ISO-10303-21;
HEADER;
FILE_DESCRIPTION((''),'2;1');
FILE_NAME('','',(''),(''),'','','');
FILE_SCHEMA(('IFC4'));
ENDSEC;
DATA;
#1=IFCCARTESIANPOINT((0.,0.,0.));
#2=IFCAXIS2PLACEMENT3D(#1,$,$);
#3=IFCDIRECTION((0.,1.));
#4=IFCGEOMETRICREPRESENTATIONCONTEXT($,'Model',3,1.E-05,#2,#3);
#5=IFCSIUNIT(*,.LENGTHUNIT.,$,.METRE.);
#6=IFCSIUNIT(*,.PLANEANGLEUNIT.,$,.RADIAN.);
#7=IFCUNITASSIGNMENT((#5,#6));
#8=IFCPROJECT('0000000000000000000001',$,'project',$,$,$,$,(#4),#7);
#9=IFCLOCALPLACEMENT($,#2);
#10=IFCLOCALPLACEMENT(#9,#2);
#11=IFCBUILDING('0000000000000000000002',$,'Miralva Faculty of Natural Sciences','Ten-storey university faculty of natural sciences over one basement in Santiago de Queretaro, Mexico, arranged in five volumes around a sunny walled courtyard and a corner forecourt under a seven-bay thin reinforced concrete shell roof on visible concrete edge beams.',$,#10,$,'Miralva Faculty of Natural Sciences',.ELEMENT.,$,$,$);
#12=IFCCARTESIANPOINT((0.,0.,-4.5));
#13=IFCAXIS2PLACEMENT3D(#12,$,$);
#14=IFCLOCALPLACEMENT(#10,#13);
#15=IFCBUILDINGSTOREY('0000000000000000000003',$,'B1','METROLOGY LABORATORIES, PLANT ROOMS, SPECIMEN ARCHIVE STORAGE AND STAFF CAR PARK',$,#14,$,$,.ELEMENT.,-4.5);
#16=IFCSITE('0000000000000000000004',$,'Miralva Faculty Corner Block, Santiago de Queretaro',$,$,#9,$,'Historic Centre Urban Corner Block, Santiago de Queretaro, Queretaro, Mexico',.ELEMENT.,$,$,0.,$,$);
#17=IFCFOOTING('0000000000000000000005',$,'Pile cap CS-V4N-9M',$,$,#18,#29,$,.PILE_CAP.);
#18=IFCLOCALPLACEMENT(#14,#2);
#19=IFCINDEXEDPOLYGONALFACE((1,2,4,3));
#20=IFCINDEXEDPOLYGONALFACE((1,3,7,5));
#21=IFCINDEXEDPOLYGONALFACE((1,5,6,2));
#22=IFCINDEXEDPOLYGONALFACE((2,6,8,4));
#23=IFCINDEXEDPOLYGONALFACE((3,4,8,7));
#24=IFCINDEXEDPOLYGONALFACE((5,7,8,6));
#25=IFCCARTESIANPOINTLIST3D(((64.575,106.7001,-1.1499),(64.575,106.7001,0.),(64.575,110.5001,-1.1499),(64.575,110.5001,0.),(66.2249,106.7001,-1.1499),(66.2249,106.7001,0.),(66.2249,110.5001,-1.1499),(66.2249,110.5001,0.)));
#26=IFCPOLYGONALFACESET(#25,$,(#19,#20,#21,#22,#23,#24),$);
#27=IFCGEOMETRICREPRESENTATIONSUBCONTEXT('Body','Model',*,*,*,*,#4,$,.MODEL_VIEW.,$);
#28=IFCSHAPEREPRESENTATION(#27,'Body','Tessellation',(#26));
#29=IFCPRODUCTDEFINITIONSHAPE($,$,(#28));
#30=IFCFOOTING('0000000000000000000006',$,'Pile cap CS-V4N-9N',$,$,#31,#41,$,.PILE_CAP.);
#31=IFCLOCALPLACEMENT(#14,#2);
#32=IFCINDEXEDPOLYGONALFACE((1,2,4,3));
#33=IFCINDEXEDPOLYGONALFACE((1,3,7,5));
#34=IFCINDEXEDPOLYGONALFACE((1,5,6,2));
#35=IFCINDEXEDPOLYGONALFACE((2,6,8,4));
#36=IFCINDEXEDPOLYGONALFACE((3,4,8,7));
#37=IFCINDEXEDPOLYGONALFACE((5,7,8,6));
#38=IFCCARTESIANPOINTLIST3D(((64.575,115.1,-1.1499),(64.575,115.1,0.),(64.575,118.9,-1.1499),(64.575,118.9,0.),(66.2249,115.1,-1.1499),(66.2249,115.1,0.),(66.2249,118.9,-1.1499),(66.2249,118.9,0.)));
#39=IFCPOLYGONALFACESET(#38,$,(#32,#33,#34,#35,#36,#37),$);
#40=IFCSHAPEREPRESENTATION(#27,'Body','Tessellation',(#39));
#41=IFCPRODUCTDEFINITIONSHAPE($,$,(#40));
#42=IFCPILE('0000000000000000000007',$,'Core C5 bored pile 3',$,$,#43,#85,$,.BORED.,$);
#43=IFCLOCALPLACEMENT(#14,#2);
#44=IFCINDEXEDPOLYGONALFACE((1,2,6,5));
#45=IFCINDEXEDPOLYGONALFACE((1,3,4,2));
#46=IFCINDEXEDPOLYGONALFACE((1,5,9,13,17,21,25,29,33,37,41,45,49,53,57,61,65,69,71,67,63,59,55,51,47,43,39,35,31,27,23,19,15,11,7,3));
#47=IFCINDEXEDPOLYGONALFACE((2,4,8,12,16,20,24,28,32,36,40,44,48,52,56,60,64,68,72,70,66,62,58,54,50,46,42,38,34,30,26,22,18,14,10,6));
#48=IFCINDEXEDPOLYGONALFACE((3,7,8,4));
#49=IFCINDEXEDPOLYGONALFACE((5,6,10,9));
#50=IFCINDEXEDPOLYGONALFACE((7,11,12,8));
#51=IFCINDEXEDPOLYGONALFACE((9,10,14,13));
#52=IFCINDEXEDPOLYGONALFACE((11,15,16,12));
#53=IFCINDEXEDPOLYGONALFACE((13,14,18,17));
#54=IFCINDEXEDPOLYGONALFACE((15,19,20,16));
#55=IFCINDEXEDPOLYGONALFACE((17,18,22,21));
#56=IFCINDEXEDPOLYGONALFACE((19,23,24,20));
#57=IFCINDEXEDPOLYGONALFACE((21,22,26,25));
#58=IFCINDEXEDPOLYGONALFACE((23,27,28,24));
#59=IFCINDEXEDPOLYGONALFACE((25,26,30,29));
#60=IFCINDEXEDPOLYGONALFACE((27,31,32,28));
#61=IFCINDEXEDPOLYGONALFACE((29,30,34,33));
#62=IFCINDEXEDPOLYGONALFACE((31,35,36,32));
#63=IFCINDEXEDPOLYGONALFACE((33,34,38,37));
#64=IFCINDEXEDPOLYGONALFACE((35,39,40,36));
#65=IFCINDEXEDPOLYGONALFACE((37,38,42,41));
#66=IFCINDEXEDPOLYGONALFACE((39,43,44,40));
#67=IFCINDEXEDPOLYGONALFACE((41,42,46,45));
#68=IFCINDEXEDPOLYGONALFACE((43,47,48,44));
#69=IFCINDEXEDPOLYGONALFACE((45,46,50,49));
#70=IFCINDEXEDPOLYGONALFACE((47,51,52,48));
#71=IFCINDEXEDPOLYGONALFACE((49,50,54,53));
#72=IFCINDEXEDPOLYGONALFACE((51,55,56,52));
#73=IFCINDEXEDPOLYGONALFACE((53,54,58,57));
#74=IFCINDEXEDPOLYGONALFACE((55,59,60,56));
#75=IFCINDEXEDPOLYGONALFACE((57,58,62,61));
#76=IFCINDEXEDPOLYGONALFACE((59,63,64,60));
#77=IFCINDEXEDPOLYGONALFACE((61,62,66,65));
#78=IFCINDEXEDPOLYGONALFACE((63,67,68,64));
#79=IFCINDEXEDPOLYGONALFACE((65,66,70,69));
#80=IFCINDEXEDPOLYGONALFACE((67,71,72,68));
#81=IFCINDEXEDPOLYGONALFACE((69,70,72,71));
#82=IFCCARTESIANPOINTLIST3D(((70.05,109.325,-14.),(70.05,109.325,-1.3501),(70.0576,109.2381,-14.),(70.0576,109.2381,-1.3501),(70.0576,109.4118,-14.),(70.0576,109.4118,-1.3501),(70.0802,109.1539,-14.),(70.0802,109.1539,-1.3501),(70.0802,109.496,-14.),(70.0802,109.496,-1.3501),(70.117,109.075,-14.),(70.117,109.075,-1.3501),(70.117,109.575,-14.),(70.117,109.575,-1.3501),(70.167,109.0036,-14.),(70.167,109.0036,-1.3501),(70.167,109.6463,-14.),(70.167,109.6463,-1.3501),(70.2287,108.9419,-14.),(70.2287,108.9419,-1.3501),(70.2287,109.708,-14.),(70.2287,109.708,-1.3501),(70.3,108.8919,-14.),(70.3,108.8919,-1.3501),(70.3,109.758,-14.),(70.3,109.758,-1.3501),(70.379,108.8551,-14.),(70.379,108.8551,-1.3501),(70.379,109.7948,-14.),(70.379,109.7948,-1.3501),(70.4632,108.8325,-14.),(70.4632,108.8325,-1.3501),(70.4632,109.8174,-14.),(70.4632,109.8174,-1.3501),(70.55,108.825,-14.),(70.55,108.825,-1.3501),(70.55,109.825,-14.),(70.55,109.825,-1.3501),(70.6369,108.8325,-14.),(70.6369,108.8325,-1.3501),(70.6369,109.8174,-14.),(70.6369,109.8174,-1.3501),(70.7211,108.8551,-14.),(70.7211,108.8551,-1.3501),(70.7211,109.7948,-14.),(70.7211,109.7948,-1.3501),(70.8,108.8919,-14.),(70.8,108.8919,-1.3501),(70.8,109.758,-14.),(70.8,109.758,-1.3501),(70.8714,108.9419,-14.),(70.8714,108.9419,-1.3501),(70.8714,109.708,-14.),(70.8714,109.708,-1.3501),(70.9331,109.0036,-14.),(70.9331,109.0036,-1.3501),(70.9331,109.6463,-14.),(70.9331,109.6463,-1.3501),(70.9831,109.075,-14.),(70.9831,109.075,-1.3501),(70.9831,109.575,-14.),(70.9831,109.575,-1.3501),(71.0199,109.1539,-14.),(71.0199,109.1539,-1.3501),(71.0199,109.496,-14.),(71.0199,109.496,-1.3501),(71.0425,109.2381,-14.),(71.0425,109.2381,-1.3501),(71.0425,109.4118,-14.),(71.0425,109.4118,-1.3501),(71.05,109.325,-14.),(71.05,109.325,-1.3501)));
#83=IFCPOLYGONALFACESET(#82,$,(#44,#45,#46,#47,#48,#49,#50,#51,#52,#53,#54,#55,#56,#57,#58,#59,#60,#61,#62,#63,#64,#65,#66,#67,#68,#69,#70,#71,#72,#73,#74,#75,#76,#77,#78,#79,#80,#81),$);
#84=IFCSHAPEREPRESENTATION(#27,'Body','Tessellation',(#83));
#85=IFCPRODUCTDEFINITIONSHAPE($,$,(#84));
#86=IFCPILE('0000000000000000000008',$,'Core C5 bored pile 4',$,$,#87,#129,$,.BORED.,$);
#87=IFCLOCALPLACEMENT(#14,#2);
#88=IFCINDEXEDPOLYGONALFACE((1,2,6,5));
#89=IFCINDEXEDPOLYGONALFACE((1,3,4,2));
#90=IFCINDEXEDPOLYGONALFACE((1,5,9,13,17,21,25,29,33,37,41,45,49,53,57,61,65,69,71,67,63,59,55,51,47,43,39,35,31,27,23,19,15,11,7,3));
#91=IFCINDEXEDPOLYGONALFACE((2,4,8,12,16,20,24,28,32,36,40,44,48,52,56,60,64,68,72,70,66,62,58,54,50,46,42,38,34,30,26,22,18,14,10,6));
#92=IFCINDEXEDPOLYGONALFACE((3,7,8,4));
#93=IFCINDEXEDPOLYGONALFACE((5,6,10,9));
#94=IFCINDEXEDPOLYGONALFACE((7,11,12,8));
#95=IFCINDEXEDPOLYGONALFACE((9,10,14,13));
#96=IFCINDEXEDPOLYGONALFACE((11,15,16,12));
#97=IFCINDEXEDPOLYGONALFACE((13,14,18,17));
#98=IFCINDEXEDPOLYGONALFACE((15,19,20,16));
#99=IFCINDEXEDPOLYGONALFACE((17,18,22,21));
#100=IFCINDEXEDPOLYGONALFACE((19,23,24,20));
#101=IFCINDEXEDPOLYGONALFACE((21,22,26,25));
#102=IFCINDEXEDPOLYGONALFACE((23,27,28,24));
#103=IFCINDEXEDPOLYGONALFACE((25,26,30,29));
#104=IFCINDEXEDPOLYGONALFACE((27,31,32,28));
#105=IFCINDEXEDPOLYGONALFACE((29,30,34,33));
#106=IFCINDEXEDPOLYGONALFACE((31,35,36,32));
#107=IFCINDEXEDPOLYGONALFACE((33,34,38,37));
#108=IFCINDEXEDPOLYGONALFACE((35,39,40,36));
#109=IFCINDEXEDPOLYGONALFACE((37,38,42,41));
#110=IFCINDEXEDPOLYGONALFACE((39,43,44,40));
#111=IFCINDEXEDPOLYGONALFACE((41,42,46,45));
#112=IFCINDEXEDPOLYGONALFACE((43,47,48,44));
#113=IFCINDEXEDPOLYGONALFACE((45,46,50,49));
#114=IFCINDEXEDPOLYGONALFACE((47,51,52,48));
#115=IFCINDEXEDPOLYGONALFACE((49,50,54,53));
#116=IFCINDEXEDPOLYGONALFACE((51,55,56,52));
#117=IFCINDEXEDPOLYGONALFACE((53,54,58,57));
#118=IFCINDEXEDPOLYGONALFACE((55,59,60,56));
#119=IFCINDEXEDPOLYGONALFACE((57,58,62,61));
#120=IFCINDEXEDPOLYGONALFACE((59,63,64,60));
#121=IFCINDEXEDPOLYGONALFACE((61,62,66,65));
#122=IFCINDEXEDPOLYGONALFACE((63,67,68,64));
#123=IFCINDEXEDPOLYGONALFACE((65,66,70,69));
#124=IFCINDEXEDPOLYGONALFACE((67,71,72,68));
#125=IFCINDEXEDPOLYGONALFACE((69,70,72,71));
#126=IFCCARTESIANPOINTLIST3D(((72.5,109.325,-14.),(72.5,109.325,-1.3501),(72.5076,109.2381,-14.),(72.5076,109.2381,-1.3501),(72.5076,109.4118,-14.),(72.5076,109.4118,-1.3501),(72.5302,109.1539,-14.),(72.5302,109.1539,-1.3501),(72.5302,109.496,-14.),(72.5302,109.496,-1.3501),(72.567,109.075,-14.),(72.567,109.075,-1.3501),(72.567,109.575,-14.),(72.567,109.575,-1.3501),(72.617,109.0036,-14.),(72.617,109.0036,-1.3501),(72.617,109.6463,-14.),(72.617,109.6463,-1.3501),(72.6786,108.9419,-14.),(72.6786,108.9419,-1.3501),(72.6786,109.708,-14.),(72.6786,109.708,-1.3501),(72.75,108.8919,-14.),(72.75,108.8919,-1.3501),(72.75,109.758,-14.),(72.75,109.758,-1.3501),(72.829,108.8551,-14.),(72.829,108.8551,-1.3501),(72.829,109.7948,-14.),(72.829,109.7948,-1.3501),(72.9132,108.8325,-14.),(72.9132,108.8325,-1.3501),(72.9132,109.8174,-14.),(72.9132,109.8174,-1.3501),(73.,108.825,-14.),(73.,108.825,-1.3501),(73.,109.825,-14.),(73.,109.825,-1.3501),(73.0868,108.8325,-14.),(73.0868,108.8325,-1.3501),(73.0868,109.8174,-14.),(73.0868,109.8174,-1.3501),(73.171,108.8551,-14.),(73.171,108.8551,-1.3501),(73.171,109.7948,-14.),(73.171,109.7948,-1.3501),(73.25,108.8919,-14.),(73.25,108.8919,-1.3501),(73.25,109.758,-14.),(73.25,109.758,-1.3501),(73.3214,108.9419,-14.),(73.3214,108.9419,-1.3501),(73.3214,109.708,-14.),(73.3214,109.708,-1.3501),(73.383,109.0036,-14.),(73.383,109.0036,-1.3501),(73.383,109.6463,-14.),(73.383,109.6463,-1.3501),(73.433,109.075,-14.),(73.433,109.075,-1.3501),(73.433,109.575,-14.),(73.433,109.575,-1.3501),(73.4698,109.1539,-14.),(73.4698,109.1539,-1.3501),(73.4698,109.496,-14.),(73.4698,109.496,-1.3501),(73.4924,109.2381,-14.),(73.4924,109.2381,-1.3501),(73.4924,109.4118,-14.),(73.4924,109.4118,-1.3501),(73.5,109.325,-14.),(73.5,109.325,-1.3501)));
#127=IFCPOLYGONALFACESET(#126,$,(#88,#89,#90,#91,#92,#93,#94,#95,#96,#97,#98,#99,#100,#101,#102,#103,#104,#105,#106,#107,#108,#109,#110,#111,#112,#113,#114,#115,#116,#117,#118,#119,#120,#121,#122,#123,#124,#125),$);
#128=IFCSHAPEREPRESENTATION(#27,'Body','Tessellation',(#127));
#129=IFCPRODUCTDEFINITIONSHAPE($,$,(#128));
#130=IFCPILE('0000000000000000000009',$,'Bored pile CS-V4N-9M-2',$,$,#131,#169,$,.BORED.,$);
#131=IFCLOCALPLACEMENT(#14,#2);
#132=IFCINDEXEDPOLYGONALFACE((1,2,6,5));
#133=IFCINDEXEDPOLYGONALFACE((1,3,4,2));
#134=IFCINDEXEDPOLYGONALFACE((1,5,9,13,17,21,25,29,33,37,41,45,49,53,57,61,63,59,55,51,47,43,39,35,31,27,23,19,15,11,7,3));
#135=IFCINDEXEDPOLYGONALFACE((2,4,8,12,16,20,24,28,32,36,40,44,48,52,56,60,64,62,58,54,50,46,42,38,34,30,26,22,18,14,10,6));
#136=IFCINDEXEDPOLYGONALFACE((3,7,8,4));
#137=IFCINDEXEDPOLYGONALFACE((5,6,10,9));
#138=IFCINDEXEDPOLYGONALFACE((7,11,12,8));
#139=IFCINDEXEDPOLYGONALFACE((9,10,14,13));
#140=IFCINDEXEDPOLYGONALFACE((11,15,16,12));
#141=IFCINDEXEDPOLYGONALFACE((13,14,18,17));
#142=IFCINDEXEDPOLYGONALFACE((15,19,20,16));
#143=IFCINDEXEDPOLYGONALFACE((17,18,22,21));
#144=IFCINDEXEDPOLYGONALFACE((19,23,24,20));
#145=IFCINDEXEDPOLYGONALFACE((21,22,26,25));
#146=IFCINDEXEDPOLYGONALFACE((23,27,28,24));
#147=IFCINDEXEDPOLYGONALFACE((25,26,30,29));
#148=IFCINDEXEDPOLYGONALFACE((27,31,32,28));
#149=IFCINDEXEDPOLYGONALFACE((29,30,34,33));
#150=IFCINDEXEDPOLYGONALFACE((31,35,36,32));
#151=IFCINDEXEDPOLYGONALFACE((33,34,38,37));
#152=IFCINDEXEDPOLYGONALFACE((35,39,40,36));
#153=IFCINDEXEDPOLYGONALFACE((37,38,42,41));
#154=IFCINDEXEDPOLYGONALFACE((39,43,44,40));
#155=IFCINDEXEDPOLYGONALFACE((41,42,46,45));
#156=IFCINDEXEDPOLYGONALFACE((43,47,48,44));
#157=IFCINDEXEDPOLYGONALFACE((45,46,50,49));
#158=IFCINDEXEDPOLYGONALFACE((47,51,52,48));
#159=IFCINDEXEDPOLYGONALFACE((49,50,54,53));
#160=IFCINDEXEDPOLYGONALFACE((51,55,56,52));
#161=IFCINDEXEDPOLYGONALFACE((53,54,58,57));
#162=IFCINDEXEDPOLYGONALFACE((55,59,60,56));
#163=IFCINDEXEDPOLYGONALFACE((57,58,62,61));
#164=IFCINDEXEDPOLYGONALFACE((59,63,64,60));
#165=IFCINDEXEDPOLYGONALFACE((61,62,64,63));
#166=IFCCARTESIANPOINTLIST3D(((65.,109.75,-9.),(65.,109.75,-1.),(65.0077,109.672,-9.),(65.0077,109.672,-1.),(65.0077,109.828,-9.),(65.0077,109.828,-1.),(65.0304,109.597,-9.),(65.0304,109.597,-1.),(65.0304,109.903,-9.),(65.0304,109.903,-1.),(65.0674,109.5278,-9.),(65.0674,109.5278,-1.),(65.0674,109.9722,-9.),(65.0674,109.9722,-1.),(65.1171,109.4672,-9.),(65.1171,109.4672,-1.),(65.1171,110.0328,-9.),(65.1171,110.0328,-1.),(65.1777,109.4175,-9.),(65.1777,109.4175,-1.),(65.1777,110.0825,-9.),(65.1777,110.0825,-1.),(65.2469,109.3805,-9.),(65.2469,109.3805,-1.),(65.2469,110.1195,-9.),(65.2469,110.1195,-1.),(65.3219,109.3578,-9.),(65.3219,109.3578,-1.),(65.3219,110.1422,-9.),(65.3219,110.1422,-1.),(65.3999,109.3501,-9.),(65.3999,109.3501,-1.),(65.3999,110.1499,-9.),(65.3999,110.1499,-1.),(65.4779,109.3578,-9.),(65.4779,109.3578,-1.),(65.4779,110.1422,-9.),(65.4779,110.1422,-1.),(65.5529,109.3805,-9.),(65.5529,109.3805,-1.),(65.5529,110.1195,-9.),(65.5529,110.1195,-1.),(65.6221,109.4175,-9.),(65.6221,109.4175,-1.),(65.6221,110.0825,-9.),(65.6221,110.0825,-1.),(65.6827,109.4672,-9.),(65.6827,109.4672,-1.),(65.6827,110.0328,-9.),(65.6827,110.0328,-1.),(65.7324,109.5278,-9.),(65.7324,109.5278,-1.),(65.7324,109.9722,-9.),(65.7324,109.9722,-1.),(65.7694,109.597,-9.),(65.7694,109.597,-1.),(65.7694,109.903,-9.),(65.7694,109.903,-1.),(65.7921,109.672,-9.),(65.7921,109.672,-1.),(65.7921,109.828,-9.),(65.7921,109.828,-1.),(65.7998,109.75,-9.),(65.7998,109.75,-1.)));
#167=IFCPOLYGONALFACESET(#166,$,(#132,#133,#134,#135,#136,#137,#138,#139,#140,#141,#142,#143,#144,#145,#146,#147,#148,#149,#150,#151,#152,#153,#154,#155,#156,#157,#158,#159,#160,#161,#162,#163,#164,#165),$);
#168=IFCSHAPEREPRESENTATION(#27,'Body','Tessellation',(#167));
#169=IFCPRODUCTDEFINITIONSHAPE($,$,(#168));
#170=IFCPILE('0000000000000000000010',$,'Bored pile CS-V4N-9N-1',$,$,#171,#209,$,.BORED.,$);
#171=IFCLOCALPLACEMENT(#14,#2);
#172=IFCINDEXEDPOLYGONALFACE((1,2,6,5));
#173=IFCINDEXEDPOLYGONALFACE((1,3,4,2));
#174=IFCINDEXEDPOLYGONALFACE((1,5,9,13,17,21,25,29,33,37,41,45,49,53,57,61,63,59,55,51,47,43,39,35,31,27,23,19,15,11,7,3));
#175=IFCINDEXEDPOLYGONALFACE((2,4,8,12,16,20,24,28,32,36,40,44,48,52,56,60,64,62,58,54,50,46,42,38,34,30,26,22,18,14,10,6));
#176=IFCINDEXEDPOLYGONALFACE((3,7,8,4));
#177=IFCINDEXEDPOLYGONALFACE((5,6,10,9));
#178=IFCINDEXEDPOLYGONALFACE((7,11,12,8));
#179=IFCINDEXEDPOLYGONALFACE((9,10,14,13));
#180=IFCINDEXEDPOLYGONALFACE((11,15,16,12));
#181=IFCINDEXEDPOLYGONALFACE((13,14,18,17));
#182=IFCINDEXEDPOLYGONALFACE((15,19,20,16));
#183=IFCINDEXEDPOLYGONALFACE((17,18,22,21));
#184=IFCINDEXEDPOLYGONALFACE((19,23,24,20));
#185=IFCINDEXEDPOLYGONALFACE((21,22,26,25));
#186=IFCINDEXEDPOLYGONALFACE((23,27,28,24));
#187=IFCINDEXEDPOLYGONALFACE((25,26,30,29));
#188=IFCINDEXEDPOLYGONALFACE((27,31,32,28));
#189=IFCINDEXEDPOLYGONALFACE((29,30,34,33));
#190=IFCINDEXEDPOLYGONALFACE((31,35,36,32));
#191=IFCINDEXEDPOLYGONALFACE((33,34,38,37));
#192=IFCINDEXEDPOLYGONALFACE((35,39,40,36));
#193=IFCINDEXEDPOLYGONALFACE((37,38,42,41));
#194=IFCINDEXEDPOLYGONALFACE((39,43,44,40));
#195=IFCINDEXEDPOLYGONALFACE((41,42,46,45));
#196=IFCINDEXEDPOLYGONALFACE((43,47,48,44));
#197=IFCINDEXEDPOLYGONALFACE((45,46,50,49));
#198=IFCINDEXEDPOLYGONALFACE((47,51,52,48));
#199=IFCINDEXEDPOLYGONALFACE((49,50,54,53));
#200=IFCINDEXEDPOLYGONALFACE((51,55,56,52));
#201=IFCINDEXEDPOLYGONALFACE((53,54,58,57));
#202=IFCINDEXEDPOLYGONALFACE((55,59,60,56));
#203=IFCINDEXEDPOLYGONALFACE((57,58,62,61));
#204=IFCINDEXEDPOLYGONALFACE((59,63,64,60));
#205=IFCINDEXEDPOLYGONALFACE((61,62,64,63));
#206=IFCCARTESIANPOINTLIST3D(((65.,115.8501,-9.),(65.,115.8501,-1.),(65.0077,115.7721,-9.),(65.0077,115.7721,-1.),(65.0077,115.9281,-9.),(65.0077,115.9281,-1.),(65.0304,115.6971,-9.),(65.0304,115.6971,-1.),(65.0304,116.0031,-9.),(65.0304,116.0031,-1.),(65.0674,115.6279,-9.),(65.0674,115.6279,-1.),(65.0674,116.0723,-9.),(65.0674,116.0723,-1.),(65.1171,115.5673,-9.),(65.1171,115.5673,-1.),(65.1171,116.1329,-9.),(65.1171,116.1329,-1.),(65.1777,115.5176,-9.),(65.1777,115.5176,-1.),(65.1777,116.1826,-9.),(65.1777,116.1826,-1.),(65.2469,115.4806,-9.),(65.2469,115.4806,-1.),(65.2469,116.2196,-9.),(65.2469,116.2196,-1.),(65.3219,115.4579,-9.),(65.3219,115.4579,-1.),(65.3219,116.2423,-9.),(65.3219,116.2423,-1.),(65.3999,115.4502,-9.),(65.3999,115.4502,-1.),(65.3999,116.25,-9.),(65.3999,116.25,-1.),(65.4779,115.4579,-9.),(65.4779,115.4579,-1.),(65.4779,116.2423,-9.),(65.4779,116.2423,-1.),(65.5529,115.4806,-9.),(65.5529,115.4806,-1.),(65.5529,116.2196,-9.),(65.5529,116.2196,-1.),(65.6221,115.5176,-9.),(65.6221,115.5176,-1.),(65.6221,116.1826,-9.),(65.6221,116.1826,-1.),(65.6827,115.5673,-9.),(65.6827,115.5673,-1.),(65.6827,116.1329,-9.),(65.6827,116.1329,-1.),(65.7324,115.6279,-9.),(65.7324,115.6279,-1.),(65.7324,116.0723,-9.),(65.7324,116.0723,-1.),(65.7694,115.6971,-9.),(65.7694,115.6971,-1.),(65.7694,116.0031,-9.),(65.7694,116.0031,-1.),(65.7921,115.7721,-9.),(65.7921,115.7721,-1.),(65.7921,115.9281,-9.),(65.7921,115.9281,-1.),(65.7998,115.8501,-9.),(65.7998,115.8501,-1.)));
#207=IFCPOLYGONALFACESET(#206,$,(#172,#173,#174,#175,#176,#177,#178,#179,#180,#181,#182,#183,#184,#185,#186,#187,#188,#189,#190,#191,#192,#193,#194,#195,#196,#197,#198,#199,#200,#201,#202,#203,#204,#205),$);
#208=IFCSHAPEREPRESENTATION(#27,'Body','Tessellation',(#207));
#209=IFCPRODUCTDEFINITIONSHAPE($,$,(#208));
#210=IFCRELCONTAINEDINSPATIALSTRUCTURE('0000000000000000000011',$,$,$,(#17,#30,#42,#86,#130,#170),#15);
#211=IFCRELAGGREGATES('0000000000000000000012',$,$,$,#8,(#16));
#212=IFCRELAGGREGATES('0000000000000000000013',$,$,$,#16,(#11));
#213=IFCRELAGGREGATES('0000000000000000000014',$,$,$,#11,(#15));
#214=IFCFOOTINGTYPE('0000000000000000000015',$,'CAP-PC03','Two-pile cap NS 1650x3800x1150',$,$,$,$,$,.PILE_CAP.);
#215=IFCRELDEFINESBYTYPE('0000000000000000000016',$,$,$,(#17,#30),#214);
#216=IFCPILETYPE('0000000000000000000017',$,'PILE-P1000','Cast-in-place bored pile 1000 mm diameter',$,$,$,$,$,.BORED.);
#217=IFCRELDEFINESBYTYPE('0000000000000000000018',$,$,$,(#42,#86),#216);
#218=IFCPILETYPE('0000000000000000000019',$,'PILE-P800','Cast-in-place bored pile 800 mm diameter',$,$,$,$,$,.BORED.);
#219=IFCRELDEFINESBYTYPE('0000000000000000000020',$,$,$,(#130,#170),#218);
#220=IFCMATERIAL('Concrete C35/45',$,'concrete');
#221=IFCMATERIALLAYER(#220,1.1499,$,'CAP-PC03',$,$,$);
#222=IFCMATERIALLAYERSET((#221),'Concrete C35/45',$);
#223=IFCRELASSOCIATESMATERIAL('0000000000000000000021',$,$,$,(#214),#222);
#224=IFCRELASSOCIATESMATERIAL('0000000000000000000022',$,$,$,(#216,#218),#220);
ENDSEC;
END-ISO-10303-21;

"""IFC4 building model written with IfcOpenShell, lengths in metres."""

from ifc_helpers import new_model, si_unit, direction, frame, origin, origin_2d, place, context, subcontext, project, spatial, rectangle, circle, extrude, material, layer, layer_set, material_profile, profile_set, type_object, element, save


model = new_model("IFC4")

# Units and contexts
model_context = context("Model", 3, precision=1e-05, world=origin(), true_north=direction((0.0, 1.0)))
body_context = subcontext(model_context, "Body", "Model", "MODEL_VIEW")
ifc_project = project(units=[si_unit("LENGTHUNIT", "METRE"), si_unit("PLANEANGLEUNIT", "RADIAN")], contexts=[model_context])

# Site, building, storey
site_placement = place(None, origin())
site = spatial("IfcSite", under=ifc_project, at=site_placement, Name="Miralva Faculty Corner Block, Santiago de Queretaro", LongName="Historic Centre Urban Corner Block, Santiago de Queretaro, Queretaro, Mexico", CompositionType="ELEMENT", RefElevation=0.0)
building_placement = place(site_placement, origin())
building = spatial("IfcBuilding", under=site, at=building_placement, Name="Miralva Faculty of Natural Sciences", Description="Ten-storey university faculty of natural sciences over one basement in Santiago de Queretaro, Mexico, arranged in five volumes around a sunny walled courtyard and a corner forecourt under a seven-bay thin reinforced concrete shell roof on visible concrete edge beams.", LongName="Miralva Faculty of Natural Sciences", CompositionType="ELEMENT")
storey_placement = place(building_placement, frame((0.0, 0.0, -4.5)))
storey = spatial("IfcBuildingStorey", under=building, at=storey_placement, Name="B1", Description="METROLOGY LABORATORIES, PLANT ROOMS, SPECIMEN ARCHIVE STORAGE AND STAFF CAR PARK", CompositionType="ELEMENT", Elevation=-4.5)

# Footings
ifc_material_1 = material(Name="Concrete C35/45", Category="concrete")
ifc_layer_1 = layer(ifc_material_1, 1.1499, Name="CAP-PC03")
ifc_layer_set_1 = layer_set([ifc_layer_1], Name="Concrete C35/45")
footing_type_1 = type_object("IfcFootingType", Name="CAP-PC03", Description="Two-pile cap NS 1650x3800x1150", PredefinedType="PILE_CAP", material=ifc_layer_set_1)
for number, where, z_axis, x_axis, name in (
    (1, (65.3999, 108.6001, -1.1499), (0.0, 0.0, 1.0), (1.0, 0.0, 0.0), "Pile cap CS-V4N-9M"),
    (2, (65.3999, 117.0, -1.1499), (0.0, 0.0, 1.0), (1.0, 0.0, 0.0), "Pile cap CS-V4N-9N"),
):
    element("IfcFooting", number, at=place(storey_placement, frame(where, z_axis=z_axis, x_axis=x_axis)), inside=storey, type_object=footing_type_1, Name=name, PredefinedType="PILE_CAP", context=body_context, shape_type="SweptSolid", body=[
        extrude(rectangle(XDim=1.6499, YDim=3.8, at=origin_2d()), origin(), (0.0, 0.0, 1.0), 1.1499),
    ])

# Piles
ifc_material_profile_1 = material_profile(ifc_material_1, circle(Radius=0.5, at=origin_2d()), Name="BORED PILE 1000")
ifc_profile_set_1 = profile_set([ifc_material_profile_1], Name="Concrete C35/45")
pile_type_1 = type_object("IfcPileType", Name="PILE-P1000", Description="Cast-in-place bored pile 1000 mm diameter", PredefinedType="BORED", material=ifc_profile_set_1)
for number, where, z_axis, x_axis, name in (
    (3, (70.55, 109.325, -1.3501), (0.0, 0.0, -1.0), (1.0, 0.0, 0.0), "Core C5 bored pile 3"),
    (4, (73.0, 109.325, -1.3501), (0.0, 0.0, -1.0), (1.0, 0.0, 0.0), "Core C5 bored pile 4"),
):
    element("IfcPile", number, at=place(storey_placement, frame(where, z_axis=z_axis, x_axis=x_axis)), inside=storey, type_object=pile_type_1, Name=name, PredefinedType="BORED", context=body_context, shape_type="SweptSolid", body=[
        extrude(circle(Radius=0.5, at=origin_2d()), origin(), (0.0, 0.0, 1.0), 12.6499),
    ])
ifc_material_profile_2 = material_profile(ifc_material_1, circle(Radius=0.3999, at=origin_2d()), Name="BORED PILE 800")
ifc_profile_set_2 = profile_set([ifc_material_profile_2], Name="Concrete C35/45")
pile_type_2 = type_object("IfcPileType", Name="PILE-P800", Description="Cast-in-place bored pile 800 mm diameter", PredefinedType="BORED", material=ifc_profile_set_2)
for number, where, z_axis, x_axis, name in (
    (5, (65.3999, 109.75, -1.0), (0.0, 0.0, -1.0), (1.0, 0.0, 0.0), "Bored pile CS-V4N-9M-2"),
    (6, (65.3999, 115.8501, -1.0), (0.0, 0.0, -1.0), (1.0, 0.0, 0.0), "Bored pile CS-V4N-9N-1"),
):
    element("IfcPile", number, at=place(storey_placement, frame(where, z_axis=z_axis, x_axis=x_axis)), inside=storey, type_object=pile_type_2, Name=name, PredefinedType="BORED", context=body_context, shape_type="SweptSolid", body=[
        extrude(circle(Radius=0.3999, at=origin_2d()), origin(), (0.0, 0.0, 1.0), 8.0),
    ])

save(model, "model.ifc")
